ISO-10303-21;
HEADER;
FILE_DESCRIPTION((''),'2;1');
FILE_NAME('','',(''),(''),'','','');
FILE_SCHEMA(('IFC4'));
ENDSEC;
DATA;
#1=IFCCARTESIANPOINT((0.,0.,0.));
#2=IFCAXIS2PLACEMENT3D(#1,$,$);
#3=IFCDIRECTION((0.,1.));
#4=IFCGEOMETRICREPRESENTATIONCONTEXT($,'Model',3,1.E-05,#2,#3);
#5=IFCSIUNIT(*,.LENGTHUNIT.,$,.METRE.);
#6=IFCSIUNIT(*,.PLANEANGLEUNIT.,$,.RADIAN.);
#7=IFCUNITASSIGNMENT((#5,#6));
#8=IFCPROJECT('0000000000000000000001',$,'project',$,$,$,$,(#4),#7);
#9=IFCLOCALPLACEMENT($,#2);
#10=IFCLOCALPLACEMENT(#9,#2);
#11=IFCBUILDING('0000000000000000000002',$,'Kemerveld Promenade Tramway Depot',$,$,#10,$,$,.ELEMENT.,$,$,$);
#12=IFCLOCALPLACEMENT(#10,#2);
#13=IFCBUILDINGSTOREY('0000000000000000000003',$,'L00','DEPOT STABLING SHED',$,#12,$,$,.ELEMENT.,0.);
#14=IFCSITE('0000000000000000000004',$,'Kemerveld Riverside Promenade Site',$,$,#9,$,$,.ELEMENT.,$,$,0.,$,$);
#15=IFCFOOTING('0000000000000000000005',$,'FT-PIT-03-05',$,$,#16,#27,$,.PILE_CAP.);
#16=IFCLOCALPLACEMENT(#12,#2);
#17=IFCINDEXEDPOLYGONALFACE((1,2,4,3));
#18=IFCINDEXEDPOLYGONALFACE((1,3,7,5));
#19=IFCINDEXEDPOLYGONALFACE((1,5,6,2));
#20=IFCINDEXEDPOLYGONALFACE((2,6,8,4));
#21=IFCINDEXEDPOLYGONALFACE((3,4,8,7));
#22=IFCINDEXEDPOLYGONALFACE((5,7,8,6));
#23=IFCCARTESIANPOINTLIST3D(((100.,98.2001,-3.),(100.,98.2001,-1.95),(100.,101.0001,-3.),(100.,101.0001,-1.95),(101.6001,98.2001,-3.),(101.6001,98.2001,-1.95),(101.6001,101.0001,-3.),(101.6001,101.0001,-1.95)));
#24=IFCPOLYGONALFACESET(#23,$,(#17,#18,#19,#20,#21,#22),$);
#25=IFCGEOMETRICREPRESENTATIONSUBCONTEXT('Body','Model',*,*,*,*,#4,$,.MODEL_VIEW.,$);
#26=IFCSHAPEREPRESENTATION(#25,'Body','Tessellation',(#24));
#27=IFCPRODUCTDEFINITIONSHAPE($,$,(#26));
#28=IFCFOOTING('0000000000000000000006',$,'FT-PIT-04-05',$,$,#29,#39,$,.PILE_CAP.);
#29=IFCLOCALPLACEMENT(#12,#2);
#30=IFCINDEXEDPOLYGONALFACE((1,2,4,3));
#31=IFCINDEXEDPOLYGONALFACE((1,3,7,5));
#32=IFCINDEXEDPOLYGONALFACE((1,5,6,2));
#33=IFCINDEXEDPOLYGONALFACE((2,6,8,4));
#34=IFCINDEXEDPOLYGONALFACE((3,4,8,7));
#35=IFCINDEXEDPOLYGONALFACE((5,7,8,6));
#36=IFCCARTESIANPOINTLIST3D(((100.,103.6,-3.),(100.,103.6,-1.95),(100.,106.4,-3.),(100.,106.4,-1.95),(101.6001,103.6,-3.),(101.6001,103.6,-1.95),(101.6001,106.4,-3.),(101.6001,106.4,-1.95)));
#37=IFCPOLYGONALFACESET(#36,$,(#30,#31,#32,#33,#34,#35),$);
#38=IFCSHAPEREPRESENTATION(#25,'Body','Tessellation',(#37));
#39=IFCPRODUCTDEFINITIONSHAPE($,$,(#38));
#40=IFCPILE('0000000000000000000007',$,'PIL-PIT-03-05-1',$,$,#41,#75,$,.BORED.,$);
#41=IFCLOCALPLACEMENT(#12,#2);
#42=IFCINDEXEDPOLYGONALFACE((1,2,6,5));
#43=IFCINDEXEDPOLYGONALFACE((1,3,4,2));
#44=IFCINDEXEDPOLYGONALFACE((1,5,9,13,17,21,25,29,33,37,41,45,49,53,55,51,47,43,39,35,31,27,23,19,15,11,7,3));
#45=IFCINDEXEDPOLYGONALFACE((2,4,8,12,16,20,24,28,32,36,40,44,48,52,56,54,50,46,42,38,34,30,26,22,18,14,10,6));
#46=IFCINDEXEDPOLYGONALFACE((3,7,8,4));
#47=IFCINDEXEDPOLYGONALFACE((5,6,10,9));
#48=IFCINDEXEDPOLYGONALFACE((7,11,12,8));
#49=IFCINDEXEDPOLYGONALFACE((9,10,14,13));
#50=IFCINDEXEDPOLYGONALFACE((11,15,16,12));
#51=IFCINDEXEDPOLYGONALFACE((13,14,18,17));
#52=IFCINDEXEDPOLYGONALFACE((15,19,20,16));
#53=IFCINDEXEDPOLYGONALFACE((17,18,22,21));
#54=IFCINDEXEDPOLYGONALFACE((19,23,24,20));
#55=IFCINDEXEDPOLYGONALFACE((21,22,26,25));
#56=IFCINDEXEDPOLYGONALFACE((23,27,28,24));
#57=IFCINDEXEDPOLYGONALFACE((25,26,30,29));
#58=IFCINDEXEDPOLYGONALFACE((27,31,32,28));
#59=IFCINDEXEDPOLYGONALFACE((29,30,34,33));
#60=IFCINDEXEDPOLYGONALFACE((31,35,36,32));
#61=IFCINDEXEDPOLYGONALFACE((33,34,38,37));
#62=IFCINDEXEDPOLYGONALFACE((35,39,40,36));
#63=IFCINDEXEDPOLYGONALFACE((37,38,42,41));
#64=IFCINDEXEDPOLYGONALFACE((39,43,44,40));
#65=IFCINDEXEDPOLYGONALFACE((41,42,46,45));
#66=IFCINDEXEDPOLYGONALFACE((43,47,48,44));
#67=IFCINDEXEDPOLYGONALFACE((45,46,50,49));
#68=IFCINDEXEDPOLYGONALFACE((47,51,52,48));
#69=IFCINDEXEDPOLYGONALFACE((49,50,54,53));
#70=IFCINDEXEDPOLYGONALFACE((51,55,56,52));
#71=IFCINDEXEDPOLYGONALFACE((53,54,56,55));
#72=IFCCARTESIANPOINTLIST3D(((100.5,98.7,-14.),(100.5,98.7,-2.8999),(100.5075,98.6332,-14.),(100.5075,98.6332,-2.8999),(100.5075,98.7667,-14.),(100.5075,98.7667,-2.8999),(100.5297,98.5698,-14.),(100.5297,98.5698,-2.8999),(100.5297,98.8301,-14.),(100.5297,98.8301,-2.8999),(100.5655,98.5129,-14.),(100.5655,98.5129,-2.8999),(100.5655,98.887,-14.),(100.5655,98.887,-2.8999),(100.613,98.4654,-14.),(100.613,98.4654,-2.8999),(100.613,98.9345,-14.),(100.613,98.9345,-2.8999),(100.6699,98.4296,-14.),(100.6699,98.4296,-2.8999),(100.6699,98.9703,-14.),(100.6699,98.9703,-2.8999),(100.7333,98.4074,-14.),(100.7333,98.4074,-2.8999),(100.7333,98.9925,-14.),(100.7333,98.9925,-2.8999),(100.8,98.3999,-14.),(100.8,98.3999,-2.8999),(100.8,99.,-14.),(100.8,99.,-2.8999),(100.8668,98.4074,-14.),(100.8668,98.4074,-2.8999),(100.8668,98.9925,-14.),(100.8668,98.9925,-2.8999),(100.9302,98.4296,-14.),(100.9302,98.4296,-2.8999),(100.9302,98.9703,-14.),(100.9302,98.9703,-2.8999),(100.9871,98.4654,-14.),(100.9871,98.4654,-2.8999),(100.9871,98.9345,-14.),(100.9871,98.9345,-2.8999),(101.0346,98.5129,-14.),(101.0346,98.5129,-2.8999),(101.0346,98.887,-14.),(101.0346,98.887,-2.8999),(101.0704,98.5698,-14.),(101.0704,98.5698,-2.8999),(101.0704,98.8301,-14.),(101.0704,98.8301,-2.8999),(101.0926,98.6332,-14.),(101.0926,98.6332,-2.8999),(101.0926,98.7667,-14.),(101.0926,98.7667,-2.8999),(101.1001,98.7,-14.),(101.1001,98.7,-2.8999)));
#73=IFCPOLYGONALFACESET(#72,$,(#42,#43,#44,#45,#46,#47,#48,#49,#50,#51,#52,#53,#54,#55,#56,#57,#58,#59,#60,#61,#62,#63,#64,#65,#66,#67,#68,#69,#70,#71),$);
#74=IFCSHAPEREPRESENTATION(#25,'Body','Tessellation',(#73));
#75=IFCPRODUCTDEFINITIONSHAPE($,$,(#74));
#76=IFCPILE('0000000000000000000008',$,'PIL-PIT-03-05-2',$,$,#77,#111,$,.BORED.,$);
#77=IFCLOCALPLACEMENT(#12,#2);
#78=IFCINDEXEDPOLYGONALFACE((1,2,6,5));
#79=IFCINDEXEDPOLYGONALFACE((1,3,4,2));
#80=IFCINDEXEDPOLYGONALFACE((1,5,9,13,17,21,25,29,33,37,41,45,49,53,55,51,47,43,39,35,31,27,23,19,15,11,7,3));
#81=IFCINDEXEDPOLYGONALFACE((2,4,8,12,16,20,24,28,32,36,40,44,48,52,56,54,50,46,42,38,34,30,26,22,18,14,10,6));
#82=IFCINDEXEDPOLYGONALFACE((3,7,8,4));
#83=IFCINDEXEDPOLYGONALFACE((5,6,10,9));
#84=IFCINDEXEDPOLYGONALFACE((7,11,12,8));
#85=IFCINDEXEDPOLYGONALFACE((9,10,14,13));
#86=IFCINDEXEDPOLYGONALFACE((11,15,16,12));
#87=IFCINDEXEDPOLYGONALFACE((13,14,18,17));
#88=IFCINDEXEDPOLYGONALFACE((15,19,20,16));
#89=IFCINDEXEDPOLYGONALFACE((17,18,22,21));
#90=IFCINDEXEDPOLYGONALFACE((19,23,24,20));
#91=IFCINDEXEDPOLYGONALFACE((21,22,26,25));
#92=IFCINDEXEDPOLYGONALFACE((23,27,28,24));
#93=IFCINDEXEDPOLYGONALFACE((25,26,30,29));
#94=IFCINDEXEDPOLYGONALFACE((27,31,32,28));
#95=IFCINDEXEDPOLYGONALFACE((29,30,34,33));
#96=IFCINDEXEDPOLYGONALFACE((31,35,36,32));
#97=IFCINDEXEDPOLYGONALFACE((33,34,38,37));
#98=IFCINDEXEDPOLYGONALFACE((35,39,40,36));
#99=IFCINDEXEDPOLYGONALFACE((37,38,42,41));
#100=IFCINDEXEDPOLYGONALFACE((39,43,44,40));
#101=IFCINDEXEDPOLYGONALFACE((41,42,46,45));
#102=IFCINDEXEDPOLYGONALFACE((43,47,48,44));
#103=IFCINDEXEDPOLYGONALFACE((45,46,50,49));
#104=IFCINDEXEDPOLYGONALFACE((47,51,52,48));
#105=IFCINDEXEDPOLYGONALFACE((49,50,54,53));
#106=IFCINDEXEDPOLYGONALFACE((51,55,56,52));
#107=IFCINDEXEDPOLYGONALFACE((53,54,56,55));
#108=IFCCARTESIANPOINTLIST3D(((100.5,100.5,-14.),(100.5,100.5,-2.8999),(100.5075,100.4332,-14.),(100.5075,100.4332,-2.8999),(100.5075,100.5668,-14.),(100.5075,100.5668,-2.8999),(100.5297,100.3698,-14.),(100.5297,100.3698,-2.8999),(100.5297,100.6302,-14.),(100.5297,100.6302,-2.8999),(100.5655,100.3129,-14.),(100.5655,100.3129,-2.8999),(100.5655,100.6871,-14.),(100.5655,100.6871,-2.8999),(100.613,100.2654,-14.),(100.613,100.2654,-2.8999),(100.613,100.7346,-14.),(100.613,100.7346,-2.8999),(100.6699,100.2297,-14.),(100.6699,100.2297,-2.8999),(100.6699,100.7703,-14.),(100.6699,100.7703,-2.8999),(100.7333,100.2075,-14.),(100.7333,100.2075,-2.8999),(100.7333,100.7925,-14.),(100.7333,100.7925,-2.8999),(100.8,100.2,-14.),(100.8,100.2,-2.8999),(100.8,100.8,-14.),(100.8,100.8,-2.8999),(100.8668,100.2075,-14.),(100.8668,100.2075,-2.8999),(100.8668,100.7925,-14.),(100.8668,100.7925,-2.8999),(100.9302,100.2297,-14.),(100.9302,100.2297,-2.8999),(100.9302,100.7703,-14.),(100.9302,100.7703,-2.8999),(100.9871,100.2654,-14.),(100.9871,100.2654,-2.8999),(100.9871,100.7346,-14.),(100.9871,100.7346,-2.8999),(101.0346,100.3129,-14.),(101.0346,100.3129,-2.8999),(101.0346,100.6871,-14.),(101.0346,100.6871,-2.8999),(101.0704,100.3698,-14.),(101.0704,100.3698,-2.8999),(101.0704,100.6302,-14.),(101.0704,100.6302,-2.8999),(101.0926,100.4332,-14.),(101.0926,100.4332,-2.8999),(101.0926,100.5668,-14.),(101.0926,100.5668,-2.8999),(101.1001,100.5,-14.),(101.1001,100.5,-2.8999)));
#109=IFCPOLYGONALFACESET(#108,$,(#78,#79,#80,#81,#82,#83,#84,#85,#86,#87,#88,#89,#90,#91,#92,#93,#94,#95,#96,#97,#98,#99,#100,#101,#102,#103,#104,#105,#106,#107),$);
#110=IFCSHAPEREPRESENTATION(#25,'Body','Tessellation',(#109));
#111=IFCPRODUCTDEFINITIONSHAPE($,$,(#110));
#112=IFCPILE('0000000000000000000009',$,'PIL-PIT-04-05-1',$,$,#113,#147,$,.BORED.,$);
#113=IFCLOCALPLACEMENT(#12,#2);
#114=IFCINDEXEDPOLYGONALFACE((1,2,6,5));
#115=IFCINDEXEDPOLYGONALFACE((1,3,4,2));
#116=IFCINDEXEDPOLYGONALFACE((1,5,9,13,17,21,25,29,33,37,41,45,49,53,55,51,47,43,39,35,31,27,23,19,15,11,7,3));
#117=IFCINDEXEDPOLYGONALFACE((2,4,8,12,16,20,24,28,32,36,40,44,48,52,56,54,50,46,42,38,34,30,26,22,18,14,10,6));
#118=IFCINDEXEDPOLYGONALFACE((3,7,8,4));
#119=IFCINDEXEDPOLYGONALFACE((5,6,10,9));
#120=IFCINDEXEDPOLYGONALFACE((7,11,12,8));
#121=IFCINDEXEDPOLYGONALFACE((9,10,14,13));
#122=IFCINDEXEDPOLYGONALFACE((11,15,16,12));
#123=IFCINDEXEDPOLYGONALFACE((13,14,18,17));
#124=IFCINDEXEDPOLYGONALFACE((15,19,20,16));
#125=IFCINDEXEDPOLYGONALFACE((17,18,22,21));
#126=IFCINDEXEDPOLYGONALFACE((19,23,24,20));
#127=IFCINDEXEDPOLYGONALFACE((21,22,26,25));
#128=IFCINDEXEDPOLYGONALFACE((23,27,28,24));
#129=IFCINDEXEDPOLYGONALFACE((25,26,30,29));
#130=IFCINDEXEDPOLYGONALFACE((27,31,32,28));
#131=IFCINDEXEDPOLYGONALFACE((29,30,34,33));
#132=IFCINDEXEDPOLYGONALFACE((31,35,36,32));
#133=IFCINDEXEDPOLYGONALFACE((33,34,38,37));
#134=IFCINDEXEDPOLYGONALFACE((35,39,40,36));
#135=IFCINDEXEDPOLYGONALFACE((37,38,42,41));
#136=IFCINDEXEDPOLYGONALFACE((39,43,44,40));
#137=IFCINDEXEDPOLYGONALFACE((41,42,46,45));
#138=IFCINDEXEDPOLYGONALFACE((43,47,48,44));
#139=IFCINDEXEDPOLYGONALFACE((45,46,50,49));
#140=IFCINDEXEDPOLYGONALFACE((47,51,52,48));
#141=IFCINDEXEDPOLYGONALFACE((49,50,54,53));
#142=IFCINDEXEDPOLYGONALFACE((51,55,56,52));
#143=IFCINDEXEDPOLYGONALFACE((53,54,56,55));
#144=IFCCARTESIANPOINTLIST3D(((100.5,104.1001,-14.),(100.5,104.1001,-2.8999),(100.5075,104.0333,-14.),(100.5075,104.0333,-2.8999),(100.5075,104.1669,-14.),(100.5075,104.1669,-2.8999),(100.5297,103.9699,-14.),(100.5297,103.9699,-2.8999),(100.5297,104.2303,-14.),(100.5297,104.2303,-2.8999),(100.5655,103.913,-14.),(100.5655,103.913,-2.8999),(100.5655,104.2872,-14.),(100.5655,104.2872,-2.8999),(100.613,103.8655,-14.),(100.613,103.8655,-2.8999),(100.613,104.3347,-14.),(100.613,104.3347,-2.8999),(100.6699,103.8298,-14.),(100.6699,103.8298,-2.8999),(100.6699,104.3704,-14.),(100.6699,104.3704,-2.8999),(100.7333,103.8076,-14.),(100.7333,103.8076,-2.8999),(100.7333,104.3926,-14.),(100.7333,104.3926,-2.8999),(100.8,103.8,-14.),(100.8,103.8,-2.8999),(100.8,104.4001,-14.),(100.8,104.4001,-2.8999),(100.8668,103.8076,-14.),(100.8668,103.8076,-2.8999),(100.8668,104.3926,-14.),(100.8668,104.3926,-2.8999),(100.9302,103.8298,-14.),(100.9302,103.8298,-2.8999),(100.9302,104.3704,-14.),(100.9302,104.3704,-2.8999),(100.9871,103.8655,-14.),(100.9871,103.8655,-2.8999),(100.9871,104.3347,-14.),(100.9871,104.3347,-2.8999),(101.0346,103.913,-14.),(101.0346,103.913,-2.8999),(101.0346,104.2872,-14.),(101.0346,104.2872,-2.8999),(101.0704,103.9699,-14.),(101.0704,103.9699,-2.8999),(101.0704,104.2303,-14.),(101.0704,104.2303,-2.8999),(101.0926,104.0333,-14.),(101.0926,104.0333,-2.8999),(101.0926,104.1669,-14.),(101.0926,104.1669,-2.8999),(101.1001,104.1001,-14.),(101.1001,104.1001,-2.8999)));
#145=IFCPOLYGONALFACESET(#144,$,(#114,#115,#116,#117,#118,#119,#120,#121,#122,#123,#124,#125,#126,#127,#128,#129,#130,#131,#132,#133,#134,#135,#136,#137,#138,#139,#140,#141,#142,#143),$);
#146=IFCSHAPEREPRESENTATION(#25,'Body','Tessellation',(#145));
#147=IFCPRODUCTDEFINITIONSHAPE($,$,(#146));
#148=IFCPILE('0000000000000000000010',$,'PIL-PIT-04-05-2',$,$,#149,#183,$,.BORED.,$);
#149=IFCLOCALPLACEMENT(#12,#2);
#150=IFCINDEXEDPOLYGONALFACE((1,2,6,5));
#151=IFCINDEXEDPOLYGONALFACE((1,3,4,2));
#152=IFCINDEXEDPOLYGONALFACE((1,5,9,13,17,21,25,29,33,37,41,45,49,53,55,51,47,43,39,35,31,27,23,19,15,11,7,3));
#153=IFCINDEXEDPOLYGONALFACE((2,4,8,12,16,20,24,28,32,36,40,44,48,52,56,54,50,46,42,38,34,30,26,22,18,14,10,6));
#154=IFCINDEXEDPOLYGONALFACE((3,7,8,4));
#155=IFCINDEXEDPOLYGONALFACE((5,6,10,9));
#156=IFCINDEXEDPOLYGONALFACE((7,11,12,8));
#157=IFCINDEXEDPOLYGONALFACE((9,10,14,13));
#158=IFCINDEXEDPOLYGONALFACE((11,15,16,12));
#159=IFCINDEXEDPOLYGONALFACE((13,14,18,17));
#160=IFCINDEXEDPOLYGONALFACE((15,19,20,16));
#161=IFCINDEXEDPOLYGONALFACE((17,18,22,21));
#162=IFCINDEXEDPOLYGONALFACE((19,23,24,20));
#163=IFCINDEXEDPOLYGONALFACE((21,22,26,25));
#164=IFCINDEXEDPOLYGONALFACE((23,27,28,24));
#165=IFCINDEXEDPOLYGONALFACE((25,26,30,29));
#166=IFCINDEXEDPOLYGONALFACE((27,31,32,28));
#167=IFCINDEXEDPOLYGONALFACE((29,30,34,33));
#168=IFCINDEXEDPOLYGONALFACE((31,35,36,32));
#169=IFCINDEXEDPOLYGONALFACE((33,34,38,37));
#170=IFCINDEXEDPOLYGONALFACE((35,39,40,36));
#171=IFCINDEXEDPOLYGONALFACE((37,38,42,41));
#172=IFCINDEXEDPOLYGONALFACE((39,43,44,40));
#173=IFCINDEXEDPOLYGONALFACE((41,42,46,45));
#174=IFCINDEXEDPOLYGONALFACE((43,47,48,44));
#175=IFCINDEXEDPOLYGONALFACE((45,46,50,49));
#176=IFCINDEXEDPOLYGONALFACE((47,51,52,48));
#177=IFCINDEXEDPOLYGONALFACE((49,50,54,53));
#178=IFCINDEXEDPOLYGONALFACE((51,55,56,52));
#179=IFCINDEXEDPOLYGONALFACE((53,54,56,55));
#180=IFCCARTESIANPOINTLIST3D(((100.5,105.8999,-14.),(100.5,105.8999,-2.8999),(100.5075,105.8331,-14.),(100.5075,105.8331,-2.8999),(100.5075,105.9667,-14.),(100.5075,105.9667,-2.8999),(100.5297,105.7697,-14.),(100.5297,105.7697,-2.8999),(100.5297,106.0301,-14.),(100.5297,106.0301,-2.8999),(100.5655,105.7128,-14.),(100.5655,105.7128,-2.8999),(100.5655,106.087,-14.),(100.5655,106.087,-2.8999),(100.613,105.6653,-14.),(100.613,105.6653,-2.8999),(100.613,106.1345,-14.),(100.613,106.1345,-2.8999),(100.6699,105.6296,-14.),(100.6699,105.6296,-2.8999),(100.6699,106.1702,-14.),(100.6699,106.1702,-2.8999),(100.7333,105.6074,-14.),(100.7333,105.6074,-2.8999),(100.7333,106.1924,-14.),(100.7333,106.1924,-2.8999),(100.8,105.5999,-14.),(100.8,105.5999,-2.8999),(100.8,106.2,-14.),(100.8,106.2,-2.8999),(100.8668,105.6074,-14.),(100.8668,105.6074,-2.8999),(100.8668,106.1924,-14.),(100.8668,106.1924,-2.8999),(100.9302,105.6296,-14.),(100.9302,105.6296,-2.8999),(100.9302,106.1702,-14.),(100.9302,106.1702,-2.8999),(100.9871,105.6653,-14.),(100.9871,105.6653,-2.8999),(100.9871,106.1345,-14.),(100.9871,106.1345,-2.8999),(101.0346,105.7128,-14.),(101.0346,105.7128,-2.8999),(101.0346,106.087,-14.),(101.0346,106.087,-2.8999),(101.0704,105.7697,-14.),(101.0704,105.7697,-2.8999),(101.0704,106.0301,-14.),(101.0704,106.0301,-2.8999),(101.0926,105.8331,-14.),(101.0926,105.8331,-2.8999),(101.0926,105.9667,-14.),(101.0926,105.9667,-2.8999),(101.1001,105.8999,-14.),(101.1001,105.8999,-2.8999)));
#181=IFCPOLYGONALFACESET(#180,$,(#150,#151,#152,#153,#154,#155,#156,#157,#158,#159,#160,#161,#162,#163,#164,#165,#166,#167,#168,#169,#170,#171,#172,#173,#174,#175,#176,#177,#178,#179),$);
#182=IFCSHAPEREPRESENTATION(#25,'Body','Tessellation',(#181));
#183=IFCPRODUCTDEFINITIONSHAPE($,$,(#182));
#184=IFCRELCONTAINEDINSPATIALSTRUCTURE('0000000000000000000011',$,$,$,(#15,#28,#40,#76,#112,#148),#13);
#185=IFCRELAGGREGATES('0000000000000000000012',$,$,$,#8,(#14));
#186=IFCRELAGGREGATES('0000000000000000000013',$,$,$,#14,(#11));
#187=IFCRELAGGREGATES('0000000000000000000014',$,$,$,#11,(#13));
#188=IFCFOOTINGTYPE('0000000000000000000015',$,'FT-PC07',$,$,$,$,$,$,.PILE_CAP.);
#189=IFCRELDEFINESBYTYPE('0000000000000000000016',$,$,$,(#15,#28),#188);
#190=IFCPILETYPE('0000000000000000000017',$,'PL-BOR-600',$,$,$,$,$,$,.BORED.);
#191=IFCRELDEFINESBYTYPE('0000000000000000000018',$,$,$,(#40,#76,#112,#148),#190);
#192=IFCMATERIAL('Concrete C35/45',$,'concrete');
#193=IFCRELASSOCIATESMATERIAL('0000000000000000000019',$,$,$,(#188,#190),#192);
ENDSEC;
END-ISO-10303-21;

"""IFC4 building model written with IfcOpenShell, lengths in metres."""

from ifc_helpers import new_model, si_unit, direction, frame, origin, origin_2d, place, context, subcontext, project, spatial, rectangle, circle, extrude, material, material_profile, profile_set, type_object, element, save


model = new_model("IFC4")

# Units and contexts
model_context = context("Model", 3, precision=1e-05, world=origin(), true_north=direction((0.0, 1.0)))
body_context = subcontext(model_context, "Body", "Model", "MODEL_VIEW")
ifc_project = project(units=[si_unit("LENGTHUNIT", "METRE"), si_unit("PLANEANGLEUNIT", "RADIAN")], contexts=[model_context])

# Site, building, storey
site_placement = place(None, origin())
site = spatial("IfcSite", under=ifc_project, at=site_placement, Name="Kemerveld Riverside Promenade Site", CompositionType="ELEMENT", RefElevation=0.0)
building_placement = place(site_placement, origin())
building = spatial("IfcBuilding", under=site, at=building_placement, Name="Kemerveld Promenade Tramway Depot", CompositionType="ELEMENT")
storey_placement = place(building_placement, origin())
storey = spatial("IfcBuildingStorey", under=building, at=storey_placement, Name="L00", Description="DEPOT STABLING SHED", CompositionType="ELEMENT", Elevation=0.0)

# Footings
ifc_material_1 = material(Name="Concrete C35/45", Category="concrete")
footing_type = type_object("IfcFootingType", Name="FT-PC07", PredefinedType="PILE_CAP", material=ifc_material_1)
for number, where, z_axis, x_axis, name in (
    (1, (100.8, 99.6001, -3.0), (0.0, 0.0, 1.0), (1.0, 0.0, 0.0), "FT-PIT-03-05"),
    (2, (100.8, 105.0, -3.0), (0.0, 0.0, 1.0), (1.0, 0.0, 0.0), "FT-PIT-04-05"),
):
    element("IfcFooting", number, at=place(storey_placement, frame(where, z_axis=z_axis, x_axis=x_axis)), inside=storey, type_object=footing_type, Name=name, PredefinedType="PILE_CAP", context=body_context, shape_type="SweptSolid", body=[
        extrude(rectangle(XDim=1.6001, YDim=2.8, at=origin_2d()), origin(), (0.0, 0.0, 1.0), 1.05),
    ])

# Piles
ifc_material_profile_1 = material_profile(ifc_material_1, circle(Radius=0.3, at=origin_2d()), Name="PILE-D600")
ifc_profile_set_1 = profile_set([ifc_material_profile_1], Name="Concrete C35/45")
pile_type = type_object("IfcPileType", Name="PL-BOR-600", PredefinedType="BORED", material=ifc_profile_set_1)
for number, where, z_axis, x_axis, name in (
    (3, (100.8, 98.7, -2.8999), (0.0, 0.0, -1.0), (1.0, 0.0, 0.0), "PIL-PIT-03-05-1"),
    (4, (100.8, 100.5, -2.8999), (0.0, 0.0, -1.0), (1.0, 0.0, 0.0), "PIL-PIT-03-05-2"),
    (5, (100.8, 104.1001, -2.8999), (0.0, 0.0, -1.0), (1.0, 0.0, 0.0), "PIL-PIT-04-05-1"),
    (6, (100.8, 105.8999, -2.8999), (0.0, 0.0, -1.0), (1.0, 0.0, 0.0), "PIL-PIT-04-05-2"),
):
    element("IfcPile", number, at=place(storey_placement, frame(where, z_axis=z_axis, x_axis=x_axis)), inside=storey, type_object=pile_type, Name=name, PredefinedType="BORED", context=body_context, shape_type="SweptSolid", body=[
        extrude(circle(Radius=0.3, at=origin_2d()), origin(), (0.0, 0.0, 1.0), 11.1001),
    ])

save(model, "model.ifc")
